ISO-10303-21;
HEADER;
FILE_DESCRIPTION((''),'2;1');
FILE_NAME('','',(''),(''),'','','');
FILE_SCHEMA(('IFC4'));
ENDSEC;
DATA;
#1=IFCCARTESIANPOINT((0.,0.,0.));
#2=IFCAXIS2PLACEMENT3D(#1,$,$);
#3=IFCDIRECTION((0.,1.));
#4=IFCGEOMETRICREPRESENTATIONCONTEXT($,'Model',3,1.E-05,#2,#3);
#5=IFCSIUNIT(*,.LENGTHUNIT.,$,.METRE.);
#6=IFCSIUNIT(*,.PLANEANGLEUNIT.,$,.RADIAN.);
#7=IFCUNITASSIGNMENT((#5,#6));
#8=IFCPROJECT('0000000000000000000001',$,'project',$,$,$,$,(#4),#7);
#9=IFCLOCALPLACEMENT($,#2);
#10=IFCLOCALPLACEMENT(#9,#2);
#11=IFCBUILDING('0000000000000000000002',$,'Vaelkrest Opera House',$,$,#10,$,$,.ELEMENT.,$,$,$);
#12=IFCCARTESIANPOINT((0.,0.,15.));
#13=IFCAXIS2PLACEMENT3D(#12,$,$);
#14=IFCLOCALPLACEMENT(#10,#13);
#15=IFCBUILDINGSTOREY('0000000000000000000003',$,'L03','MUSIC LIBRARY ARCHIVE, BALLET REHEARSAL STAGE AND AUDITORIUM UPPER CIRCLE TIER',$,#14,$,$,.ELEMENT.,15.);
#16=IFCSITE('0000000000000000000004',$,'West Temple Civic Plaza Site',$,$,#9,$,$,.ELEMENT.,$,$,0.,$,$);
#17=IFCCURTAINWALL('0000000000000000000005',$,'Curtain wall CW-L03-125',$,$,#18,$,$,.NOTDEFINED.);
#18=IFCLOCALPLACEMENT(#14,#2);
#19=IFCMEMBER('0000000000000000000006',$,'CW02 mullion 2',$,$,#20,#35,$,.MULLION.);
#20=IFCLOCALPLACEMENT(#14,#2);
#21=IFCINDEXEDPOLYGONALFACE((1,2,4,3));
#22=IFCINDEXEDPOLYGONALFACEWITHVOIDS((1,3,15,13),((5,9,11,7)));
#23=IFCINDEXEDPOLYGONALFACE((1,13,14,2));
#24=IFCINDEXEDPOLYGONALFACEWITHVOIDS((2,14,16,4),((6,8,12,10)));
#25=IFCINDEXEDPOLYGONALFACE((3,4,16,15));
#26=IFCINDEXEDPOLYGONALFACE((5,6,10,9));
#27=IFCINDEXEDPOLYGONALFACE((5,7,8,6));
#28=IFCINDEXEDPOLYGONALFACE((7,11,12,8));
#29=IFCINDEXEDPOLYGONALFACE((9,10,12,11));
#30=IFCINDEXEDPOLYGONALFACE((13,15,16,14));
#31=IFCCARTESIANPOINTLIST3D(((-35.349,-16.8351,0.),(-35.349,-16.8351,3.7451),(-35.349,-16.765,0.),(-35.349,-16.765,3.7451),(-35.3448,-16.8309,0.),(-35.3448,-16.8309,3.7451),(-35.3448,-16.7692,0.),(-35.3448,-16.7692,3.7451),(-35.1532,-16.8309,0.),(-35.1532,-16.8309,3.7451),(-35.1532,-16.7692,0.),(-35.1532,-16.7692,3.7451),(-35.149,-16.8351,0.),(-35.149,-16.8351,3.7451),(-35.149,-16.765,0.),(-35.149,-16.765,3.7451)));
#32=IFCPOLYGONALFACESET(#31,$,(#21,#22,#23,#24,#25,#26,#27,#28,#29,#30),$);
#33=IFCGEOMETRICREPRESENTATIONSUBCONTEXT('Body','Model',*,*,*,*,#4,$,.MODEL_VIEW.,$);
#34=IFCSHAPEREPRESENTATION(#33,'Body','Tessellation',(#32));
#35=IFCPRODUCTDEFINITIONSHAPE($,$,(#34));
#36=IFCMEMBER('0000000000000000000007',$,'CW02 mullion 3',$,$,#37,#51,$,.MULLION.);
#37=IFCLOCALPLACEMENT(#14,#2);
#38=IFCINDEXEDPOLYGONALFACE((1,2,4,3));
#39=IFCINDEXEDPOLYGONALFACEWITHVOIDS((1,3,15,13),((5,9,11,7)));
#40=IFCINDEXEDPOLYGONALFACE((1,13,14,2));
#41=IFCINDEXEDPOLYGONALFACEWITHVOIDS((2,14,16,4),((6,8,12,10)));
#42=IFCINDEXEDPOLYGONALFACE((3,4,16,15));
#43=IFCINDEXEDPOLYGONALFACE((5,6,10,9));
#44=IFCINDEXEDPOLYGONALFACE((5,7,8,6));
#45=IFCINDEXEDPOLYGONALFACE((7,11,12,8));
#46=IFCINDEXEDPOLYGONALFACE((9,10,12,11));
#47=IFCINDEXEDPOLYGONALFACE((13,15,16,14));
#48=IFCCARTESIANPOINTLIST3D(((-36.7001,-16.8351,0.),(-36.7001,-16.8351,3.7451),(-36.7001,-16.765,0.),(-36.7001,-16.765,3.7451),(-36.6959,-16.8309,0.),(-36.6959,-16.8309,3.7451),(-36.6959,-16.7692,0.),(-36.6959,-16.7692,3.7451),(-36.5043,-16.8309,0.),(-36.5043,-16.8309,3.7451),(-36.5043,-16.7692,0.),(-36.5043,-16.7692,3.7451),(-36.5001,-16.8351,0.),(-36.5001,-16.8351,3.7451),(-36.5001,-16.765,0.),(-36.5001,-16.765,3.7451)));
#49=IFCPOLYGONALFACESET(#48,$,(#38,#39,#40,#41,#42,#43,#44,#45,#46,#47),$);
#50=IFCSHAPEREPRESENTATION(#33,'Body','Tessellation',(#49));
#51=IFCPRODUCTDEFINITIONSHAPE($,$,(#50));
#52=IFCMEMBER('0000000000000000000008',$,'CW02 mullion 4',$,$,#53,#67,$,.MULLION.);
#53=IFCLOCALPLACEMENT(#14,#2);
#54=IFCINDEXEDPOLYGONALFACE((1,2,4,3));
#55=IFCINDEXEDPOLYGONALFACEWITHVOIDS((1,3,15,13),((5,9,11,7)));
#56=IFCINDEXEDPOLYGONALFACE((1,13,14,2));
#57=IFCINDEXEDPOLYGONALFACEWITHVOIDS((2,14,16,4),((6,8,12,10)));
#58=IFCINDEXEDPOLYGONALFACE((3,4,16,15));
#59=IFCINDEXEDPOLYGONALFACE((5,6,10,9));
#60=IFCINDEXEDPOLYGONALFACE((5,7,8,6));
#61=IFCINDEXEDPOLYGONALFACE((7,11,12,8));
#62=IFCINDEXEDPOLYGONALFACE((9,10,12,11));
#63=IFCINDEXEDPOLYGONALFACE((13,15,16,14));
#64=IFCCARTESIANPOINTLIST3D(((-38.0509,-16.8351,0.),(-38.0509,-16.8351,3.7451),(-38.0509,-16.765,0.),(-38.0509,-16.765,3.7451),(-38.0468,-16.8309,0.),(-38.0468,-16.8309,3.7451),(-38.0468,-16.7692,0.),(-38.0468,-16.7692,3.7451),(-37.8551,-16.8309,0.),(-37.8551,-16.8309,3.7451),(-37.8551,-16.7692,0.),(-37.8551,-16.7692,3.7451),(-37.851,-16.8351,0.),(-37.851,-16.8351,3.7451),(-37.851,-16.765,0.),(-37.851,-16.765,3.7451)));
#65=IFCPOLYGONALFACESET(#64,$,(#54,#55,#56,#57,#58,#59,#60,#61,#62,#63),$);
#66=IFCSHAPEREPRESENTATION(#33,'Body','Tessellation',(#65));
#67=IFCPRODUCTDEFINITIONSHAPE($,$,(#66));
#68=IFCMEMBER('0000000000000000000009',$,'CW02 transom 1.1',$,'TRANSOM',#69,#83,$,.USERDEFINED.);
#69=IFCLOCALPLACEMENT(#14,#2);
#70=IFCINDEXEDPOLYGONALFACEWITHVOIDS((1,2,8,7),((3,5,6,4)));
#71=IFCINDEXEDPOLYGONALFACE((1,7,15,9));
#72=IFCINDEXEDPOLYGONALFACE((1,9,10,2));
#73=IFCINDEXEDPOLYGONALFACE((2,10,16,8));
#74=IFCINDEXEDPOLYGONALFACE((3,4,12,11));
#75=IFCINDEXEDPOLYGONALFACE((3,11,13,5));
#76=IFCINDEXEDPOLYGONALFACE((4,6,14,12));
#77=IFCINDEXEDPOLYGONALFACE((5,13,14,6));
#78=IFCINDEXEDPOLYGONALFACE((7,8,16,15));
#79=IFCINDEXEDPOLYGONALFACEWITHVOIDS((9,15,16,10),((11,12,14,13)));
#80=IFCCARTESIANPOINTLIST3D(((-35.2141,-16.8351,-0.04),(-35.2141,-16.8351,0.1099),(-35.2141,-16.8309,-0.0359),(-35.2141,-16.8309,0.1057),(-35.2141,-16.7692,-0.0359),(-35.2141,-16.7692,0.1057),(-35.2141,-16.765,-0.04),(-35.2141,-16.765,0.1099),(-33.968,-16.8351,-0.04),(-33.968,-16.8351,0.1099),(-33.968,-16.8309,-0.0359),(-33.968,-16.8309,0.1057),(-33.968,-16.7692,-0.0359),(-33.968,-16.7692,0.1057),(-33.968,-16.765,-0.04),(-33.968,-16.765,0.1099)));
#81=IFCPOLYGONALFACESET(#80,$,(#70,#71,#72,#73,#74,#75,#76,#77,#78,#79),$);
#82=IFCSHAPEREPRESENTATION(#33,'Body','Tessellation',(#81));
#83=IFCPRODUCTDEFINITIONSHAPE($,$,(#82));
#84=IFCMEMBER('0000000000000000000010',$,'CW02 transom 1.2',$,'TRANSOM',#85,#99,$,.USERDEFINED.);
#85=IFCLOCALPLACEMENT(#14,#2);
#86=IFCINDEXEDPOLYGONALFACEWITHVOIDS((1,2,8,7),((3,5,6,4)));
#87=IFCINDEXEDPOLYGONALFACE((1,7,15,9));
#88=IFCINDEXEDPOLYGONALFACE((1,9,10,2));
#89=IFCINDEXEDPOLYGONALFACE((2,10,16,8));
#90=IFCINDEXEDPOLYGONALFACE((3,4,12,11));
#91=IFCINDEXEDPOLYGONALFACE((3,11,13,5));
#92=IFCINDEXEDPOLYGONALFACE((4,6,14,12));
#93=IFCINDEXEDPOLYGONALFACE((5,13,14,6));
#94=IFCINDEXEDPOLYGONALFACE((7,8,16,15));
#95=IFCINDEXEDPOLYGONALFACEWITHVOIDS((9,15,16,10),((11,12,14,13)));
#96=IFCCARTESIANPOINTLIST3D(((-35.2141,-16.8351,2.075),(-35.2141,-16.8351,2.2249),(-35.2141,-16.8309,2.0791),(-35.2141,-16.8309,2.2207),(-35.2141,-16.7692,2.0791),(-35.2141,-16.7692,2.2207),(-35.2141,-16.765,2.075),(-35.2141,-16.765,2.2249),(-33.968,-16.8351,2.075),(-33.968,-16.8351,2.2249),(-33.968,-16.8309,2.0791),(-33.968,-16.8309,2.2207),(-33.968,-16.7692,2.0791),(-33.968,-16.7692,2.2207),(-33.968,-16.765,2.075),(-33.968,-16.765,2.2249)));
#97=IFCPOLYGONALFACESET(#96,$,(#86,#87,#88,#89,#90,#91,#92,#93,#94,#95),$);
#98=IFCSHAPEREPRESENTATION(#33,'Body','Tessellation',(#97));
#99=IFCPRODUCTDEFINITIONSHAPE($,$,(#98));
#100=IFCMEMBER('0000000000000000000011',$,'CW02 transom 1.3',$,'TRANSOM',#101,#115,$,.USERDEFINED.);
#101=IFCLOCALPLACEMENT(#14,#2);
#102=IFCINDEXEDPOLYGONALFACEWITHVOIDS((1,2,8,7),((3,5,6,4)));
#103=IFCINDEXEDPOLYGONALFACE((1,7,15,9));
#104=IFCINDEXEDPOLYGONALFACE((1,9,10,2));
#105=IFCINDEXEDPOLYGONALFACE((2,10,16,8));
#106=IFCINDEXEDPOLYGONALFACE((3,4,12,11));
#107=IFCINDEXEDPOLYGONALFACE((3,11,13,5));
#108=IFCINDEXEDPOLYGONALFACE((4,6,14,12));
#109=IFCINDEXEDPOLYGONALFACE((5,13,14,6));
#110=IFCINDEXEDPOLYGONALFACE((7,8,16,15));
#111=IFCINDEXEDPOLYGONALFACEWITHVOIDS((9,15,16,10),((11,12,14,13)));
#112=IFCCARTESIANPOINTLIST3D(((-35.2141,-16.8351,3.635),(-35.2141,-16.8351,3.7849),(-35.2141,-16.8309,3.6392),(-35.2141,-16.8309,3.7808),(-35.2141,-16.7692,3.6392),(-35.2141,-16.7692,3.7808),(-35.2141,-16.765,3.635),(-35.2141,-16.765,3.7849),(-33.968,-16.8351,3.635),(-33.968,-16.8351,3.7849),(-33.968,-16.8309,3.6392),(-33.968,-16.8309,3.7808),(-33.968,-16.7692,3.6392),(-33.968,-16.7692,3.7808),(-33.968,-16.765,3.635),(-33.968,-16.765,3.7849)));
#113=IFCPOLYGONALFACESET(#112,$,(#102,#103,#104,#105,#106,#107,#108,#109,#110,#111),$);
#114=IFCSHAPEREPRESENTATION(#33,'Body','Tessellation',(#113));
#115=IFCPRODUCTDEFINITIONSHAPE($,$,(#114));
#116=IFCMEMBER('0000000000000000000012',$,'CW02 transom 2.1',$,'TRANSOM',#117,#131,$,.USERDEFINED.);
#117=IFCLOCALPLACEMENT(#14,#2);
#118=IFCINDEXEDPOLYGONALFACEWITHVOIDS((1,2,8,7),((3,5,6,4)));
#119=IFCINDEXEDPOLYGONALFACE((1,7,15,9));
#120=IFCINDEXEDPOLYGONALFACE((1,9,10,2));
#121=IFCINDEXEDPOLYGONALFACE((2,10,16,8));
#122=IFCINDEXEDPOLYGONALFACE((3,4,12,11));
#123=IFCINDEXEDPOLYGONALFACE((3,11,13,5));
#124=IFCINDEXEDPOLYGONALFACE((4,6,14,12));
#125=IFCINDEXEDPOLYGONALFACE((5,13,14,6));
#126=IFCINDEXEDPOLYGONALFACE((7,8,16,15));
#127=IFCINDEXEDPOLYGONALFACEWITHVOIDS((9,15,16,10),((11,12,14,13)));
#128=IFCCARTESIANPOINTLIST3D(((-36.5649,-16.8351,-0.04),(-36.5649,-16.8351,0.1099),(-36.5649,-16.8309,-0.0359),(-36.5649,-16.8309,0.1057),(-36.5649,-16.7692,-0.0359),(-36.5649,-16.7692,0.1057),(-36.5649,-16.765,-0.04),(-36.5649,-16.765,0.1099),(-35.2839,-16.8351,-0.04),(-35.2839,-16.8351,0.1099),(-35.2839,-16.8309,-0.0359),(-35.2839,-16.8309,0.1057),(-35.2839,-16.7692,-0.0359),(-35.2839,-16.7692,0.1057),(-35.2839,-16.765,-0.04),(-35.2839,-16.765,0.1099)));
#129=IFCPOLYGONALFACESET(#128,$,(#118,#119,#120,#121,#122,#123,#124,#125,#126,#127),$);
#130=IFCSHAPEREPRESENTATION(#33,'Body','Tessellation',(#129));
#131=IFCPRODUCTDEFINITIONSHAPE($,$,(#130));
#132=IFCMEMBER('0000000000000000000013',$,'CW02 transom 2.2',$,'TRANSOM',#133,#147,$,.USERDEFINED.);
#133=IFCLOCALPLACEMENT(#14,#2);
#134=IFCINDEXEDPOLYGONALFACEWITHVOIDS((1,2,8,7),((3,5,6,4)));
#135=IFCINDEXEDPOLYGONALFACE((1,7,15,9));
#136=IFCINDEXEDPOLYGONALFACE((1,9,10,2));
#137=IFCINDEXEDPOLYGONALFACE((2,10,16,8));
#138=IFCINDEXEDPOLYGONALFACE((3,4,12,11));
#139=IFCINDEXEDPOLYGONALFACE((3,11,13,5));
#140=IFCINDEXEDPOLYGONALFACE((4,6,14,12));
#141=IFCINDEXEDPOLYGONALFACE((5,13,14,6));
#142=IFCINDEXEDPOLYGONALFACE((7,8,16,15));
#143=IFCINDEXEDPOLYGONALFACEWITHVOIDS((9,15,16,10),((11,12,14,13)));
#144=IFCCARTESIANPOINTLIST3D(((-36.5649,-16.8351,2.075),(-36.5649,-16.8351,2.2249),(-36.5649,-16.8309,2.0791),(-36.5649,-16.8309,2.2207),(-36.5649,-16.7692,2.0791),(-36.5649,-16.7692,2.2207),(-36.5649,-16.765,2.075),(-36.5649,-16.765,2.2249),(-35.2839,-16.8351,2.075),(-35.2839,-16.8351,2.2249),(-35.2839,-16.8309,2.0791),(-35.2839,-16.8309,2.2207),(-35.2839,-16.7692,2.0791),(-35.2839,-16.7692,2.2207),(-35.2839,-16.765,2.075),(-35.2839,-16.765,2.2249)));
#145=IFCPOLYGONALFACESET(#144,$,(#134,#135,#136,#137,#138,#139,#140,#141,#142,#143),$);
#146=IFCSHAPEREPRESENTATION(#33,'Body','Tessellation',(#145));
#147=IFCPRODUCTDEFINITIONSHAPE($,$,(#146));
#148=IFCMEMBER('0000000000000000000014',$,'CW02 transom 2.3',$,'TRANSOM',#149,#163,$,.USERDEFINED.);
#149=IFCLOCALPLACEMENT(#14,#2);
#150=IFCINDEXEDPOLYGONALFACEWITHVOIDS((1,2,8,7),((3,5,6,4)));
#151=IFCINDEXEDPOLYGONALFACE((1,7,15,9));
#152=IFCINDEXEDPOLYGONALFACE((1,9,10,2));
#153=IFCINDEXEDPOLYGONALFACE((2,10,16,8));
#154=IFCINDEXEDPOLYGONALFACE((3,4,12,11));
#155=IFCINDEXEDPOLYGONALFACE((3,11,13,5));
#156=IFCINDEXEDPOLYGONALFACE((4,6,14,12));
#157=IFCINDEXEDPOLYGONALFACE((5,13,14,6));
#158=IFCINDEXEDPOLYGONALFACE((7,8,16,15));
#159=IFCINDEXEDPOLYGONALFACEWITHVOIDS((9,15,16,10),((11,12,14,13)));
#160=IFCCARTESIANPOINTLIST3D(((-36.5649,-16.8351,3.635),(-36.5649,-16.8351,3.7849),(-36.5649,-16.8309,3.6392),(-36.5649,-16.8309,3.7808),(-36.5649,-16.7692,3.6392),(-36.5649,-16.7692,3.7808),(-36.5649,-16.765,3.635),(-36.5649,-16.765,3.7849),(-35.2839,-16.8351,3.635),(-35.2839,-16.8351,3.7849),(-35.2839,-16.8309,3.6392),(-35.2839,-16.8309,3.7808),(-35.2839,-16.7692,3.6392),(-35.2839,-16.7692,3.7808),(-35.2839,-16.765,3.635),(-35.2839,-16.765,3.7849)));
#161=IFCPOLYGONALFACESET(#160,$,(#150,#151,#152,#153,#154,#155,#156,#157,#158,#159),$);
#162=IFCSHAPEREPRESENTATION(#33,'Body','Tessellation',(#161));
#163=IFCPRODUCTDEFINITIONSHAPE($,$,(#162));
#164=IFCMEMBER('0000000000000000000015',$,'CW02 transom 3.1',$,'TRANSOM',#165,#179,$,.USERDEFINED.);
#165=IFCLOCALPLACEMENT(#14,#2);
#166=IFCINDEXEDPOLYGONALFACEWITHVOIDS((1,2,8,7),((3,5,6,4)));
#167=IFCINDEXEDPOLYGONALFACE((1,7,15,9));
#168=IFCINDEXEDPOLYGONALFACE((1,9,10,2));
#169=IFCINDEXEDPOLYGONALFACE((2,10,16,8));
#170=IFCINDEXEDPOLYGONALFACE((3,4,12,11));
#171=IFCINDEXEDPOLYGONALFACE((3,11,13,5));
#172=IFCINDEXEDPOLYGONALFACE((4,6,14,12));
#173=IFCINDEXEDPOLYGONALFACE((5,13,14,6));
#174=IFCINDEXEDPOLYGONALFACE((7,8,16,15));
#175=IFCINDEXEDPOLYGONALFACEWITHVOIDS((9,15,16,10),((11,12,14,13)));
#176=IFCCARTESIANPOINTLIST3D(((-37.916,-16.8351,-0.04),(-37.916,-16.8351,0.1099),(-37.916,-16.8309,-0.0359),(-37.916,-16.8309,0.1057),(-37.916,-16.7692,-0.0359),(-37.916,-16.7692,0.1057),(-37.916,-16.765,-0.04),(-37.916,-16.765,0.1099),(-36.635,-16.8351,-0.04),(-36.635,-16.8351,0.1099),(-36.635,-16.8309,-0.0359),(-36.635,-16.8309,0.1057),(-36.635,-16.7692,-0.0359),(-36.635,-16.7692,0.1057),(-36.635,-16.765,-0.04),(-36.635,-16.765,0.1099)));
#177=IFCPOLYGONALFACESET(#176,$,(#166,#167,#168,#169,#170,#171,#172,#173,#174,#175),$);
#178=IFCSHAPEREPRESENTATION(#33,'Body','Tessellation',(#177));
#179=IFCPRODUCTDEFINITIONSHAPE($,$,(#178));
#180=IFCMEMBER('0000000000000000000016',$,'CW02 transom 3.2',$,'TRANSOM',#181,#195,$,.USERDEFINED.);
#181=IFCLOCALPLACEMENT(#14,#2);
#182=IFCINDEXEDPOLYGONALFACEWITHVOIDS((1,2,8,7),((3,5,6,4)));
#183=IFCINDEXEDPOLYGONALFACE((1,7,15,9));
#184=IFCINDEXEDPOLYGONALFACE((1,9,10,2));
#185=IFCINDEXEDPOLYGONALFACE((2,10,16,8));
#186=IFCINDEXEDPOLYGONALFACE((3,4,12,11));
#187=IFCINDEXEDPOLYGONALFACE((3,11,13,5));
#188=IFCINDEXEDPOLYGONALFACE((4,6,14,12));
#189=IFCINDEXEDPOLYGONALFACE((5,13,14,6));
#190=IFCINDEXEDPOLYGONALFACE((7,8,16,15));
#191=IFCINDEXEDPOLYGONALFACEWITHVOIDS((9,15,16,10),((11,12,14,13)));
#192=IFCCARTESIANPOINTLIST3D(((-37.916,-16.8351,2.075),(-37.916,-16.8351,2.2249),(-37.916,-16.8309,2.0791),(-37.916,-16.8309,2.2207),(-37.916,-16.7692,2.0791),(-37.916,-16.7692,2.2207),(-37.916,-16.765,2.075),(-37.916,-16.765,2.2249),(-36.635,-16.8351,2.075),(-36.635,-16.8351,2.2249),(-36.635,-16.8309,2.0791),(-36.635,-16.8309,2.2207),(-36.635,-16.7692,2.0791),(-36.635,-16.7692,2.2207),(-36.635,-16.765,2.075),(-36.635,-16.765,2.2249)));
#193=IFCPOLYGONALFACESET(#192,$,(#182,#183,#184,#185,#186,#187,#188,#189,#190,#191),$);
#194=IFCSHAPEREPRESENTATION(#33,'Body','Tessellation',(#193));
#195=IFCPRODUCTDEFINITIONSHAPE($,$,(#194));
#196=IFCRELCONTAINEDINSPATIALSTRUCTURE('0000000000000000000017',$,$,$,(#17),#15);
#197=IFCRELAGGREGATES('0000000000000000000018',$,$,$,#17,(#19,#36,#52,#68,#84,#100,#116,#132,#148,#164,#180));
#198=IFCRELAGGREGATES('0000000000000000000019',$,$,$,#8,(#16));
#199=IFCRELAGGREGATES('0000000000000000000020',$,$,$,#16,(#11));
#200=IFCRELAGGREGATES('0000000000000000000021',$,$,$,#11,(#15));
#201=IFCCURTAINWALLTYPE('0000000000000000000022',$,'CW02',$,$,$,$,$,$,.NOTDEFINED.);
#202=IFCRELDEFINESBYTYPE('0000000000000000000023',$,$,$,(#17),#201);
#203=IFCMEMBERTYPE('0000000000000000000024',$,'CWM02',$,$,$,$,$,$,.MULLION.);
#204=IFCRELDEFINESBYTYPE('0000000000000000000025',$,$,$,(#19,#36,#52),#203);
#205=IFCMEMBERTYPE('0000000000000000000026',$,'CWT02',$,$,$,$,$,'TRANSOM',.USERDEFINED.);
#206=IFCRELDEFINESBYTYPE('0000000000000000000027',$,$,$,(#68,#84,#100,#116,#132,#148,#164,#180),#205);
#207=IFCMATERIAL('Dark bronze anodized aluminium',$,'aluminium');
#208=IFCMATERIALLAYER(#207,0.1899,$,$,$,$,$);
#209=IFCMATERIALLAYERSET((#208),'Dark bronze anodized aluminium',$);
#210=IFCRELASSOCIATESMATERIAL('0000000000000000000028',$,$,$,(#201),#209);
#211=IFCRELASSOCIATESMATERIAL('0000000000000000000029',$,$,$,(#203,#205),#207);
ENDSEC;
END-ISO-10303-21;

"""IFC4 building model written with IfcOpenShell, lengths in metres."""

from ifc_helpers import new_model, si_unit, direction, frame, origin, origin_2d, place, context, subcontext, project, spatial, hollow_rectangle, extrude, material, layer, layer_set, material_profile, profile_set, type_object, element, aggregate, save


model = new_model("IFC4")

# Units and contexts
model_context = context("Model", 3, precision=1e-05, world=origin(), true_north=direction((0.0, 1.0)))
body_context = subcontext(model_context, "Body", "Model", "MODEL_VIEW")
ifc_project = project(units=[si_unit("LENGTHUNIT", "METRE"), si_unit("PLANEANGLEUNIT", "RADIAN")], contexts=[model_context])

# Site, building, storey
site_placement = place(None, origin())
site = spatial("IfcSite", under=ifc_project, at=site_placement, Name="West Temple Civic Plaza Site", CompositionType="ELEMENT", RefElevation=0.0)
building_placement = place(site_placement, origin())
building = spatial("IfcBuilding", under=site, at=building_placement, Name="Vaelkrest Opera House", CompositionType="ELEMENT")
storey_placement = place(building_placement, frame((0.0, 0.0, 15.0)))
storey = spatial("IfcBuildingStorey", under=building, at=storey_placement, Name="L03", Description="MUSIC LIBRARY ARCHIVE, BALLET REHEARSAL STAGE AND AUDITORIUM UPPER CIRCLE TIER", CompositionType="ELEMENT", Elevation=15.0)

# Curtain wall, members
ifc_material_1 = material(Name="Dark bronze anodized aluminium", Category="aluminium")
ifc_layer_1 = layer(ifc_material_1, 0.1899)
ifc_layer_set_1 = layer_set([ifc_layer_1], Name="Dark bronze anodized aluminium")
curtain_wall_type = type_object("IfcCurtainWallType", Name="CW02", PredefinedType="NOTDEFINED", material=ifc_layer_set_1)
curtain_wall_placement = place(storey_placement, origin())
curtain_wall = element("IfcCurtainWall", 1, at=curtain_wall_placement, inside=storey, type_object=curtain_wall_type, Name="Curtain wall CW-L03-125", PredefinedType="NOTDEFINED")
ifc_material_profile_1 = material_profile(ifc_material_1, hollow_rectangle(XDim=0.0701, YDim=0.2, WallThickness=0.0042, at=origin_2d()), Name="CWM70X200")
ifc_profile_set_1 = profile_set([ifc_material_profile_1], Name="Dark bronze anodized aluminium")
member_type_1 = type_object("IfcMemberType", Name="CWM02", PredefinedType="MULLION", material=ifc_profile_set_1)
member_1_placement = place(storey_placement, frame((-35.249, -16.8, 0.0), z_axis=(0.0, 0.0, 1.0), x_axis=(0.0, -1.0, 0.0)))
member_1 = element("IfcMember", 2, at=member_1_placement, type_object=member_type_1, Name="CW02 mullion 2", PredefinedType="MULLION", context=body_context, shape_type="SweptSolid", body=[
    extrude(hollow_rectangle(XDim=0.0701, YDim=0.2, WallThickness=0.0042, at=origin_2d()), origin(), (0.0, 0.0, 1.0), 3.7451),
])
member_2_placement = place(storey_placement, frame((-36.6001, -16.8, 0.0), z_axis=(0.0, 0.0, 1.0), x_axis=(0.0, -1.0, 0.0)))
member_2 = element("IfcMember", 3, at=member_2_placement, type_object=member_type_1, Name="CW02 mullion 3", PredefinedType="MULLION", context=body_context, shape_type="SweptSolid", body=[
    extrude(hollow_rectangle(XDim=0.0701, YDim=0.2, WallThickness=0.0042, at=origin_2d()), origin(), (0.0, 0.0, 1.0), 3.7451),
])
member_3_placement = place(storey_placement, frame((-37.9509, -16.8, 0.0), z_axis=(0.0, 0.0, 1.0), x_axis=(0.0, -1.0, 0.0)))
member_3 = element("IfcMember", 4, at=member_3_placement, type_object=member_type_1, Name="CW02 mullion 4", PredefinedType="MULLION", context=body_context, shape_type="SweptSolid", body=[
    extrude(hollow_rectangle(XDim=0.0701, YDim=0.2, WallThickness=0.0042, at=origin_2d()), origin(), (0.0, 0.0, 1.0), 3.7451),
])
ifc_material_profile_2 = material_profile(ifc_material_1, hollow_rectangle(XDim=0.0701, YDim=0.1499, WallThickness=0.0042, at=origin_2d()), Name="CWT70X150")
ifc_profile_set_2 = profile_set([ifc_material_profile_2], Name="Dark bronze anodized aluminium")
member_type_2 = type_object("IfcMemberType", Name="CWT02", ElementType="TRANSOM", PredefinedType="USERDEFINED", material=ifc_profile_set_2)
member_4_placement = place(storey_placement, frame((-33.968, -16.8, 0.0349), z_axis=(-1.0, 0.0, 0.0), x_axis=(0.0, -1.0, 0.0)))
member_4 = element("IfcMember", 5, at=member_4_placement, type_object=member_type_2, Name="CW02 transom 1.1", ObjectType="TRANSOM", PredefinedType="USERDEFINED", context=body_context, shape_type="SweptSolid", body=[
    extrude(hollow_rectangle(XDim=0.0701, YDim=0.1499, WallThickness=0.0042, at=origin_2d()), origin(), (0.0, 0.0, 1.0), 1.2461),
])
member_5_placement = place(storey_placement, frame((-33.968, -16.8, 2.1499), z_axis=(-1.0, 0.0, 0.0), x_axis=(0.0, -1.0, 0.0)))
member_5 = element("IfcMember", 6, at=member_5_placement, type_object=member_type_2, Name="CW02 transom 1.2", ObjectType="TRANSOM", PredefinedType="USERDEFINED", context=body_context, shape_type="SweptSolid", body=[
    extrude(hollow_rectangle(XDim=0.0701, YDim=0.1499, WallThickness=0.0042, at=origin_2d()), origin(), (0.0, 0.0, 1.0), 1.2461),
])
member_6_placement = place(storey_placement, frame((-33.968, -16.8, 3.71), z_axis=(-1.0, 0.0, 0.0), x_axis=(0.0, -1.0, 0.0)))
member_6 = element("IfcMember", 7, at=member_6_placement, type_object=member_type_2, Name="CW02 transom 1.3", ObjectType="TRANSOM", PredefinedType="USERDEFINED", context=body_context, shape_type="SweptSolid", body=[
    extrude(hollow_rectangle(XDim=0.0701, YDim=0.1499, WallThickness=0.0042, at=origin_2d()), origin(), (0.0, 0.0, 1.0), 1.2461),
])
member_7_placement = place(storey_placement, frame((-35.2839, -16.8, 0.0349), z_axis=(-1.0, 0.0, 0.0), x_axis=(0.0, -1.0, 0.0)))
member_7 = element("IfcMember", 8, at=member_7_placement, type_object=member_type_2, Name="CW02 transom 2.1", ObjectType="TRANSOM", PredefinedType="USERDEFINED", context=body_context, shape_type="SweptSolid", body=[
    extrude(hollow_rectangle(XDim=0.0701, YDim=0.1499, WallThickness=0.0042, at=origin_2d()), origin(), (0.0, 0.0, 1.0), 1.281),
])
member_8_placement = place(storey_placement, frame((-35.2839, -16.8, 2.1499), z_axis=(-1.0, 0.0, 0.0), x_axis=(0.0, -1.0, 0.0)))
member_8 = element("IfcMember", 9, at=member_8_placement, type_object=member_type_2, Name="CW02 transom 2.2", ObjectType="TRANSOM", PredefinedType="USERDEFINED", context=body_context, shape_type="SweptSolid", body=[
    extrude(hollow_rectangle(XDim=0.0701, YDim=0.1499, WallThickness=0.0042, at=origin_2d()), origin(), (0.0, 0.0, 1.0), 1.281),
])
member_9_placement = place(storey_placement, frame((-35.2839, -16.8, 3.71), z_axis=(-1.0, 0.0, 0.0), x_axis=(0.0, -1.0, 0.0)))
member_9 = element("IfcMember", 10, at=member_9_placement, type_object=member_type_2, Name="CW02 transom 2.3", ObjectType="TRANSOM", PredefinedType="USERDEFINED", context=body_context, shape_type="SweptSolid", body=[
    extrude(hollow_rectangle(XDim=0.0701, YDim=0.1499, WallThickness=0.0042, at=origin_2d()), origin(), (0.0, 0.0, 1.0), 1.281),
])
member_10_placement = place(storey_placement, frame((-36.635, -16.8, 0.0349), z_axis=(-1.0, 0.0, 0.0), x_axis=(0.0, -1.0, 0.0)))
member_10 = element("IfcMember", 11, at=member_10_placement, type_object=member_type_2, Name="CW02 transom 3.1", ObjectType="TRANSOM", PredefinedType="USERDEFINED", context=body_context, shape_type="SweptSolid", body=[
    extrude(hollow_rectangle(XDim=0.0701, YDim=0.1499, WallThickness=0.0042, at=origin_2d()), origin(), (0.0, 0.0, 1.0), 1.281),
])
member_11_placement = place(storey_placement, frame((-36.635, -16.8, 2.1499), z_axis=(-1.0, 0.0, 0.0), x_axis=(0.0, -1.0, 0.0)))
member_11 = element("IfcMember", 12, at=member_11_placement, type_object=member_type_2, Name="CW02 transom 3.2", ObjectType="TRANSOM", PredefinedType="USERDEFINED", context=body_context, shape_type="SweptSolid", body=[
    extrude(hollow_rectangle(XDim=0.0701, YDim=0.1499, WallThickness=0.0042, at=origin_2d()), origin(), (0.0, 0.0, 1.0), 1.281),
])
aggregate(curtain_wall, [member_1, member_2, member_3, member_4, member_5, member_6, member_7, member_8, member_9, member_10, member_11])

save(model, "model.ifc")
